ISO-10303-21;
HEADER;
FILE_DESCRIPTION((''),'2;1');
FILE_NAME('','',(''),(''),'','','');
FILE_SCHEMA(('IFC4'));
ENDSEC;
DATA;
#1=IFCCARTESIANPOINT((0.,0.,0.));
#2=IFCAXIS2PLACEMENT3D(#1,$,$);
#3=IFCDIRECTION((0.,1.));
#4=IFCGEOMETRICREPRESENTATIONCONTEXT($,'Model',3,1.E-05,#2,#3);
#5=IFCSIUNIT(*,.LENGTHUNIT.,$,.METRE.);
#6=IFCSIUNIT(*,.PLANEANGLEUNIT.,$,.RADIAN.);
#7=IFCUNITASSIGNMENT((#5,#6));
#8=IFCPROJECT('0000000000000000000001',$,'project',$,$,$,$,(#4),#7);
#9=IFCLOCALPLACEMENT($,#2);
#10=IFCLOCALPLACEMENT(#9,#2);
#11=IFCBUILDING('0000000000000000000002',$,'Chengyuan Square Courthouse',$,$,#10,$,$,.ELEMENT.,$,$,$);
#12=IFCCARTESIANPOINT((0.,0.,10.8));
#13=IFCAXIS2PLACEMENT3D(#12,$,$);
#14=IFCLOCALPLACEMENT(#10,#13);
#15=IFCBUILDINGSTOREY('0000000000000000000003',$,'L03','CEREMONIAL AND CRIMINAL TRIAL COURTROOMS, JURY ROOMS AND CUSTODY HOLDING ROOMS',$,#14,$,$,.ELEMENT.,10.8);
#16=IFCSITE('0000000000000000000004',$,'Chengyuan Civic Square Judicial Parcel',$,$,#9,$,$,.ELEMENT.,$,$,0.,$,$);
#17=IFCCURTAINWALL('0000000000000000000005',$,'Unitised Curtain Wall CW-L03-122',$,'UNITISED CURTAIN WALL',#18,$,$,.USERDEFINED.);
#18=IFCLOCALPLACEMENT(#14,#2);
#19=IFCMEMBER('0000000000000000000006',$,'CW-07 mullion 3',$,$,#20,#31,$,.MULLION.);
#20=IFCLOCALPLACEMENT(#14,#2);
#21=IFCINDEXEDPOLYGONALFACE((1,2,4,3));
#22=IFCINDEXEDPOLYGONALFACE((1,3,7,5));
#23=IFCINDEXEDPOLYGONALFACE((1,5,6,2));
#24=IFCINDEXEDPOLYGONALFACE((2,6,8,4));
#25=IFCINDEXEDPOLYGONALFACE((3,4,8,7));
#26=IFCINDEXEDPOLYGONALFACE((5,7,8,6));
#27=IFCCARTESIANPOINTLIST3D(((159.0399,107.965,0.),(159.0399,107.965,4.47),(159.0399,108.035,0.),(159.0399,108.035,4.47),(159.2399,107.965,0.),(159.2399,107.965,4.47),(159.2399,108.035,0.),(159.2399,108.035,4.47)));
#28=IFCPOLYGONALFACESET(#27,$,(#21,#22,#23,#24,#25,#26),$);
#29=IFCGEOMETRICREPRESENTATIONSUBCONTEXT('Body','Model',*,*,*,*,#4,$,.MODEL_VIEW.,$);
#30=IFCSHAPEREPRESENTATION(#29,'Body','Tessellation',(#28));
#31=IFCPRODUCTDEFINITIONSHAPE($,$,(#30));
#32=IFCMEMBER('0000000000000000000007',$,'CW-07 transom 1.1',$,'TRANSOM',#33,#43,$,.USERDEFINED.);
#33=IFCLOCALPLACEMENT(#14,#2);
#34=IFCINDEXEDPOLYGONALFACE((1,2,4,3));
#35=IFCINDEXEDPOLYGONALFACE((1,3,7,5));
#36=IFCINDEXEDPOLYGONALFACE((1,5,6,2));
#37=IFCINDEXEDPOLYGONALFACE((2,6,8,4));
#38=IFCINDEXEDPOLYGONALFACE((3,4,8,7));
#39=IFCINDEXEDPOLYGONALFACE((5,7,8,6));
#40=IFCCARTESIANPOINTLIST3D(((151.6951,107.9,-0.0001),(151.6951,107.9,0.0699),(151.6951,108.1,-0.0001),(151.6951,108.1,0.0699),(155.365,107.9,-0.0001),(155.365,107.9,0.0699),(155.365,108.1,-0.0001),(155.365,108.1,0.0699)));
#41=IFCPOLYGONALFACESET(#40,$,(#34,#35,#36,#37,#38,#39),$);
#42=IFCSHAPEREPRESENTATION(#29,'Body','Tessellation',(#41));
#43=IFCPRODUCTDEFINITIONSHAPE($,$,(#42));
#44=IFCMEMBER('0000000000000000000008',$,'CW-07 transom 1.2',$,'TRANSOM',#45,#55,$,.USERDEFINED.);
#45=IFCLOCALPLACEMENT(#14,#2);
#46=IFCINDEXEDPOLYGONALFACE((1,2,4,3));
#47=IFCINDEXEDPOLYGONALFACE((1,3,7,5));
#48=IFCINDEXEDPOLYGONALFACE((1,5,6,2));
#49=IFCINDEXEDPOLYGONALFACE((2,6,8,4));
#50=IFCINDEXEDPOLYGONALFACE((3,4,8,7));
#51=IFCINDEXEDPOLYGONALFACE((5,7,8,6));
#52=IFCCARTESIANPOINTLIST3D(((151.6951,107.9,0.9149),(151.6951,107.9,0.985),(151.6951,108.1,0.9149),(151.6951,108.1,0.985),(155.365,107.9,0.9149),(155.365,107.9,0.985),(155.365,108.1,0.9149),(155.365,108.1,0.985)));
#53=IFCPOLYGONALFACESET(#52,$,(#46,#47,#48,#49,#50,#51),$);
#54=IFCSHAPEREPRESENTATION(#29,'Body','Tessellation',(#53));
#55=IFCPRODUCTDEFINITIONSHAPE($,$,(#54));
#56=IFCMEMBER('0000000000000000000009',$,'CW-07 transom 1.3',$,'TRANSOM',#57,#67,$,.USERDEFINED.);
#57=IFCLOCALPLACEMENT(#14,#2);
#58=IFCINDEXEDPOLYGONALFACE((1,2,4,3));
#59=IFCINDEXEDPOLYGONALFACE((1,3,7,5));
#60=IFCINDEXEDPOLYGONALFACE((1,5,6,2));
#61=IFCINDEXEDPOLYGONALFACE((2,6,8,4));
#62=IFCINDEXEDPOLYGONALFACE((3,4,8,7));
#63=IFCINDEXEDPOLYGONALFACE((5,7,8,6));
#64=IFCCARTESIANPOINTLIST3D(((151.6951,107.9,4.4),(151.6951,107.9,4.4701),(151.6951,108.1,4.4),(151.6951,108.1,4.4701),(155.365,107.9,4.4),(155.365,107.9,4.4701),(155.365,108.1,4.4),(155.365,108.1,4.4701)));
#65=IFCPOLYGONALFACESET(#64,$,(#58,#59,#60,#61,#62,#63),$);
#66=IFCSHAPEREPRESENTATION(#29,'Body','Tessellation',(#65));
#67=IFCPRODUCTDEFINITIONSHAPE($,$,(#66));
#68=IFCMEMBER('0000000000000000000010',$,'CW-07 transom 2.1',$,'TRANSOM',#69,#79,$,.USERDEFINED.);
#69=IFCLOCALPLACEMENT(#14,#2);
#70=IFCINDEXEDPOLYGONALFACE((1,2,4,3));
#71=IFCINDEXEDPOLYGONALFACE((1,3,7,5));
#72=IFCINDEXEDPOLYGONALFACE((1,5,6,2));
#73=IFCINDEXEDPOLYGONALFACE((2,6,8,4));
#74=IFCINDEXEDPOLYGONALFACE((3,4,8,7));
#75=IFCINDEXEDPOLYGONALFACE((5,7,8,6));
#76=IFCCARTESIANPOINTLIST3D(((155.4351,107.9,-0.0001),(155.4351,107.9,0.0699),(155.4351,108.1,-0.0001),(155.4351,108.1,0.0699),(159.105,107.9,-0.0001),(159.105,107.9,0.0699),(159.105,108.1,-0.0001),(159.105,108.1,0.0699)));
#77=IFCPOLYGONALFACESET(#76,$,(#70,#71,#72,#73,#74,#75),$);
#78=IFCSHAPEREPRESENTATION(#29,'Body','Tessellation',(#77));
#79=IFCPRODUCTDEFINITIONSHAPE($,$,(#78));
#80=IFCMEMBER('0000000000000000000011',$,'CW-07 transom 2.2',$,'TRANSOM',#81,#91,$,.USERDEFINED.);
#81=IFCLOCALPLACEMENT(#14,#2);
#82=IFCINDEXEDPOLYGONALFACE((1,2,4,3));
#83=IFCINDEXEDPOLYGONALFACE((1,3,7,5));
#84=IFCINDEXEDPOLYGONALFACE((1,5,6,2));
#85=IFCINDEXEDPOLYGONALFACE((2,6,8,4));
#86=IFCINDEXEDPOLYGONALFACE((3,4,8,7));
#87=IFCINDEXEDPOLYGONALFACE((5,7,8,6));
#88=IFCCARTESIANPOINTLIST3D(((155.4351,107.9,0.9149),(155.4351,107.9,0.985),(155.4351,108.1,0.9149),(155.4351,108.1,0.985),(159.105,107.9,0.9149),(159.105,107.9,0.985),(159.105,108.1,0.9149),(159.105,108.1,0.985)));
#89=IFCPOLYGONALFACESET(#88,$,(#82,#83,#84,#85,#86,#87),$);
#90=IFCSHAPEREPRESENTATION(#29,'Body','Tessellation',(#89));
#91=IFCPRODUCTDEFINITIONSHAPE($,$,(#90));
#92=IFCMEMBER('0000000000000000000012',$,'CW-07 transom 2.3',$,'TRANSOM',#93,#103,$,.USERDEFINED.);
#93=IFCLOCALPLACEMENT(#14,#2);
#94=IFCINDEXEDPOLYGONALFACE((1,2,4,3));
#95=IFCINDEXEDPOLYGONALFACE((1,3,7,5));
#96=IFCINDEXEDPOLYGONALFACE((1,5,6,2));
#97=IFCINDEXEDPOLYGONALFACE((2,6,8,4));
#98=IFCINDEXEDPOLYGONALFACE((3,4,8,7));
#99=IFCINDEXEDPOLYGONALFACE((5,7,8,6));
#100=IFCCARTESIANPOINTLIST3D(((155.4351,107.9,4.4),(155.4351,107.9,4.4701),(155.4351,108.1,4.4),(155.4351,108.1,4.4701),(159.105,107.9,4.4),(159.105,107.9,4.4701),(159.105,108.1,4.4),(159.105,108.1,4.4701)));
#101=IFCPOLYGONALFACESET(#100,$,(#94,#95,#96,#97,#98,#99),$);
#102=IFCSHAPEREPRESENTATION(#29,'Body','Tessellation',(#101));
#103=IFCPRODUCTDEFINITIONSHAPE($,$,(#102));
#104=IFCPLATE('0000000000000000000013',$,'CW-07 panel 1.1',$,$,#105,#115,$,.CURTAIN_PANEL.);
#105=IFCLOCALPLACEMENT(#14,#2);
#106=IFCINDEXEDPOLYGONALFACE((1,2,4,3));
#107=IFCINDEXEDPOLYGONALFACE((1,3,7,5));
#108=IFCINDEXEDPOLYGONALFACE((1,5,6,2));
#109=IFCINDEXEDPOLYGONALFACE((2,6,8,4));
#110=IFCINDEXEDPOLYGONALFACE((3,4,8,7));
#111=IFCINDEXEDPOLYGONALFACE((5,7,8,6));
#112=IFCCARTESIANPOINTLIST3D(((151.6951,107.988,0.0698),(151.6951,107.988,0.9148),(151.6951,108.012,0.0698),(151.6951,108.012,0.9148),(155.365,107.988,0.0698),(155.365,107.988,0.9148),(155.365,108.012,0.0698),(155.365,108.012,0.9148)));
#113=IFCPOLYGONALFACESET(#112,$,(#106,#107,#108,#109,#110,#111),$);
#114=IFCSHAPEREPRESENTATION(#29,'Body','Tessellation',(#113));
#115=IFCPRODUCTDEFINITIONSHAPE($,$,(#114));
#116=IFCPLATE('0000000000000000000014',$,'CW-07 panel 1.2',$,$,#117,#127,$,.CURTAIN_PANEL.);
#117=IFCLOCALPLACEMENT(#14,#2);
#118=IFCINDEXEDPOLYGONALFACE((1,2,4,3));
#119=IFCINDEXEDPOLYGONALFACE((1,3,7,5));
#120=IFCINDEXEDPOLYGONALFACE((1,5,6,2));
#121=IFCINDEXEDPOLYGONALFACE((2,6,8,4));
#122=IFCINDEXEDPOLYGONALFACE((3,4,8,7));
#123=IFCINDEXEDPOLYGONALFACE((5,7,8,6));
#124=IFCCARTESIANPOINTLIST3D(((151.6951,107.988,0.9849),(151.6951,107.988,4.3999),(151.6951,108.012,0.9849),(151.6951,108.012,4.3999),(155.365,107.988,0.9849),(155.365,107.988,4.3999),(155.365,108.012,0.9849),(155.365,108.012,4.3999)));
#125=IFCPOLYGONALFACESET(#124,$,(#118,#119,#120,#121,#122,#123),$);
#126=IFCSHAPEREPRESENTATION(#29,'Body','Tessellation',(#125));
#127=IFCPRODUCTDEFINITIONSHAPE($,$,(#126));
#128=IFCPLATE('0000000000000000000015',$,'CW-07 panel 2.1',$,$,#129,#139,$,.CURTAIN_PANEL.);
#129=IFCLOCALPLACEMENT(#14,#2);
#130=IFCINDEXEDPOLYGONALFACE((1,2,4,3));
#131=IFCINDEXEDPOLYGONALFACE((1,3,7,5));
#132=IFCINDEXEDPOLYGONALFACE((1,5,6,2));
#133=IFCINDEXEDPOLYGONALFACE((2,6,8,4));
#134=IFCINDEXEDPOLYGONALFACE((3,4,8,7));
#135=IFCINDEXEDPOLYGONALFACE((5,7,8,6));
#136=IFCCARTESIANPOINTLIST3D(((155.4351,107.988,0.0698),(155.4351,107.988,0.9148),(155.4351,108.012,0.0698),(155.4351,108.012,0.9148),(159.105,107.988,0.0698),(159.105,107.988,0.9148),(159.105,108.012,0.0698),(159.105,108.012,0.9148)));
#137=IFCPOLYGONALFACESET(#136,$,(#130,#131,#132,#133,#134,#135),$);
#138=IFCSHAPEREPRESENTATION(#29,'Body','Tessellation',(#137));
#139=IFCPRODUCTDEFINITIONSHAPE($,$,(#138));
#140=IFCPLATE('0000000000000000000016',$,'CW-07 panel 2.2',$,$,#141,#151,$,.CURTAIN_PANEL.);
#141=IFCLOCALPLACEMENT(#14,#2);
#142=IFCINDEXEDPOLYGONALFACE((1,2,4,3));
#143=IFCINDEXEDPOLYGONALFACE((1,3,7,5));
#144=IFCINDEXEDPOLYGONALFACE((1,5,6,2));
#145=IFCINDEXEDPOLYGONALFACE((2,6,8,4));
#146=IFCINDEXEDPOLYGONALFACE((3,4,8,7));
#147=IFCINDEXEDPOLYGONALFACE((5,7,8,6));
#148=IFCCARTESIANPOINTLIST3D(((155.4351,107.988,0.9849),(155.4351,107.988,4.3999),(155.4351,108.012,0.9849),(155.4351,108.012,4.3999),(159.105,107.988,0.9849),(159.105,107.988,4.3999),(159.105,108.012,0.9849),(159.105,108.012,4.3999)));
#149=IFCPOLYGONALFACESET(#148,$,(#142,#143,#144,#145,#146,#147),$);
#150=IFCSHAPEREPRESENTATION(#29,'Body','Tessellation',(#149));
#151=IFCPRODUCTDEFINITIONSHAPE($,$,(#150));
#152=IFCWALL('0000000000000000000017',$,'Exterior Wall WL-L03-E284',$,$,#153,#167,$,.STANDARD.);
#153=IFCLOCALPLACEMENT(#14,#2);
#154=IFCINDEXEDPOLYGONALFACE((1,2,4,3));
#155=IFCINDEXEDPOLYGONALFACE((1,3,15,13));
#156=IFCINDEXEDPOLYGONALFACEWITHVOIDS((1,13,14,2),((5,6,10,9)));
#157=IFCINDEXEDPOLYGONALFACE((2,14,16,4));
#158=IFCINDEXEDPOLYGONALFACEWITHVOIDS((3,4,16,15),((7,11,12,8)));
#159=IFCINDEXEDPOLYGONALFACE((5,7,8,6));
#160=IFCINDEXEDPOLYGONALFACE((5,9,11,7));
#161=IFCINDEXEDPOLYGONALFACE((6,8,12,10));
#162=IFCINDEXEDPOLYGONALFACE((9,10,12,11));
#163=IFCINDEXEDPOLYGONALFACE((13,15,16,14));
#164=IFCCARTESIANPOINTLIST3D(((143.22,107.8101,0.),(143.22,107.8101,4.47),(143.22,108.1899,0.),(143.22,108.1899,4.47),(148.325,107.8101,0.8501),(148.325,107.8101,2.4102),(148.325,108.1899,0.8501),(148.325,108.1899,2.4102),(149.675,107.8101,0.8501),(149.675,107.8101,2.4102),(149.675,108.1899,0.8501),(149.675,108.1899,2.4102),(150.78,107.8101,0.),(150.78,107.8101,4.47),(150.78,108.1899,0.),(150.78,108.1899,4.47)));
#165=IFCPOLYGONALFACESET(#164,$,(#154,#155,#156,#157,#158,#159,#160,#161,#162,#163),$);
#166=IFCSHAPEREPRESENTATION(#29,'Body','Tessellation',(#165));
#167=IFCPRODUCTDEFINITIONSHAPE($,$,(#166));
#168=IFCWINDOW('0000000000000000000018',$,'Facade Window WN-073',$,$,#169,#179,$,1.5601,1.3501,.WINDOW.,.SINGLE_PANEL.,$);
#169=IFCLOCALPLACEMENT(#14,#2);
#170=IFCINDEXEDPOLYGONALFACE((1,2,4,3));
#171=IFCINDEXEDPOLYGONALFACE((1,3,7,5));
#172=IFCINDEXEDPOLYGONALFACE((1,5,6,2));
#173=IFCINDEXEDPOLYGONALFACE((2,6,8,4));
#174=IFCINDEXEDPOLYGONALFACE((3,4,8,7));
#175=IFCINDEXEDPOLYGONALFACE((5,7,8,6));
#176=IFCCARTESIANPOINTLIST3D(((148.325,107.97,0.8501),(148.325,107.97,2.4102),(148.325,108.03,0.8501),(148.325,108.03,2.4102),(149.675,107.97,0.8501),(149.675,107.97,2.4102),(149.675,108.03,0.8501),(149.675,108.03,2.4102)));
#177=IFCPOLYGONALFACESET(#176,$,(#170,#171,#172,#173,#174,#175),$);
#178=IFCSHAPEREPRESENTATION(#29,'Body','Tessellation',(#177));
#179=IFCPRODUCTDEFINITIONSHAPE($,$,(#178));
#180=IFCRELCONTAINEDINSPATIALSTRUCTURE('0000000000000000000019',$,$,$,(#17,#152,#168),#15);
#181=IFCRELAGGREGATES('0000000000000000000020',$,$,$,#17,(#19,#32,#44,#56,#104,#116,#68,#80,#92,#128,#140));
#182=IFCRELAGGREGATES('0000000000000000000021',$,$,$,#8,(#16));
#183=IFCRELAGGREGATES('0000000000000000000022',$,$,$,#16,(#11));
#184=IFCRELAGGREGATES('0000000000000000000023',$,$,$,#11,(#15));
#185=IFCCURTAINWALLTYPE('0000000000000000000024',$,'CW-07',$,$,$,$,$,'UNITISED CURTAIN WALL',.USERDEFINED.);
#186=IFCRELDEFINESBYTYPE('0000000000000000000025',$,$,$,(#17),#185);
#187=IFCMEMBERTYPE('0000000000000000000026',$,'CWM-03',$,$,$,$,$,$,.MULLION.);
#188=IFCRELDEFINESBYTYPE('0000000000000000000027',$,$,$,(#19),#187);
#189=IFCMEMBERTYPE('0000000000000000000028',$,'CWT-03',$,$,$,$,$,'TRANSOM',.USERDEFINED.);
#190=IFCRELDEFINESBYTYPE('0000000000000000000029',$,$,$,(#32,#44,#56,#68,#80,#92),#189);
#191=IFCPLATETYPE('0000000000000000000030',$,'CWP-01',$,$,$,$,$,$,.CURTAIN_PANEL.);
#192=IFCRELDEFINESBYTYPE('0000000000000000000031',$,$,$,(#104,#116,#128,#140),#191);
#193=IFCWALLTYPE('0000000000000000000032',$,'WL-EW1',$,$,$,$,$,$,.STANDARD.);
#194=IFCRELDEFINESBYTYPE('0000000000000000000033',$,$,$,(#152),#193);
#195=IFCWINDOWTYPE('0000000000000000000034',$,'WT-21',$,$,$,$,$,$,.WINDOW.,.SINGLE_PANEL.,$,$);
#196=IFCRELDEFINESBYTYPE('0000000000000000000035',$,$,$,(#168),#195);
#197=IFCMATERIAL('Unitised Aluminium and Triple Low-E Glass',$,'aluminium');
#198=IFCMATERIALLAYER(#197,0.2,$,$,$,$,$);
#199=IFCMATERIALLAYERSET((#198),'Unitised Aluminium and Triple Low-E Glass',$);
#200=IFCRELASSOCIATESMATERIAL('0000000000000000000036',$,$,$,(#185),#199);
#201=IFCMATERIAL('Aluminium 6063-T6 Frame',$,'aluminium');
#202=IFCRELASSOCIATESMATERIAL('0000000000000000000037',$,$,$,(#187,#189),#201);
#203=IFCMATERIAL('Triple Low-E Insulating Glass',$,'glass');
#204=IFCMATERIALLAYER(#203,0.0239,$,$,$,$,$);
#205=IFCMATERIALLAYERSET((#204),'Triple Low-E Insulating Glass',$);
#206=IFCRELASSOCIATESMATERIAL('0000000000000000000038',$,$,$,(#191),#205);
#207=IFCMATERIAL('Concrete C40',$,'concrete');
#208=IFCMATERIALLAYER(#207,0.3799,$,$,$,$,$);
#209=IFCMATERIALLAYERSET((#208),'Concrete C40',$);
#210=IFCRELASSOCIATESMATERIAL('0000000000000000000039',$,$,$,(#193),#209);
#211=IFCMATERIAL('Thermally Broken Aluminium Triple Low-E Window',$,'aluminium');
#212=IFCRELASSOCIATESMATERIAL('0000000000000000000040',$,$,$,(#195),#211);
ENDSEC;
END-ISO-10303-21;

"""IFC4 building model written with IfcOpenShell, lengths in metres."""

from ifc_helpers import new_model, si_unit, direction, frame, frame_2d, origin, origin_2d, place, context, subcontext, project, spatial, rectangle, extrude, material, layer, layer_set, material_profile, profile_set, type_object, element, fill, aggregate, save


model = new_model("IFC4")

# Units and contexts
model_context = context("Model", 3, precision=1e-05, world=origin(), true_north=direction((0.0, 1.0)))
body_context = subcontext(model_context, "Body", "Model", "MODEL_VIEW")
ifc_project = project(units=[si_unit("LENGTHUNIT", "METRE"), si_unit("PLANEANGLEUNIT", "RADIAN")], contexts=[model_context])

# Site, building, storey
site_placement = place(None, origin())
site = spatial("IfcSite", under=ifc_project, at=site_placement, Name="Chengyuan Civic Square Judicial Parcel", CompositionType="ELEMENT", RefElevation=0.0)
building_placement = place(site_placement, origin())
building = spatial("IfcBuilding", under=site, at=building_placement, Name="Chengyuan Square Courthouse", CompositionType="ELEMENT")
storey_placement = place(building_placement, frame((0.0, 0.0, 10.8)))
storey = spatial("IfcBuildingStorey", under=building, at=storey_placement, Name="L03", Description="CEREMONIAL AND CRIMINAL TRIAL COURTROOMS, JURY ROOMS AND CUSTODY HOLDING ROOMS", CompositionType="ELEMENT", Elevation=10.8)

# Shared definitions
ifc_material_1 = material(Name="Concrete C40", Category="concrete")

# Curtain wall, members, plates
ifc_material_2 = material(Name="Unitised Aluminium and Triple Low-E Glass", Category="aluminium")
ifc_layer_1 = layer(ifc_material_2, 0.2)
ifc_layer_set_1 = layer_set([ifc_layer_1], Name="Unitised Aluminium and Triple Low-E Glass")
curtain_wall_type = type_object("IfcCurtainWallType", Name="CW-07", ElementType="UNITISED CURTAIN WALL", PredefinedType="USERDEFINED", material=ifc_layer_set_1)
curtain_wall_placement = place(storey_placement, origin())
curtain_wall = element("IfcCurtainWall", 1, at=curtain_wall_placement, inside=storey, type_object=curtain_wall_type, Name="Unitised Curtain Wall CW-L03-122", ObjectType="UNITISED CURTAIN WALL", PredefinedType="USERDEFINED")
ifc_material_3 = material(Name="Aluminium 6063-T6 Frame", Category="aluminium")
ifc_material_profile_1 = material_profile(ifc_material_3, rectangle(XDim=0.0701, YDim=0.2, at=origin_2d()), Name="CW-MUL-70x200")
ifc_profile_set_1 = profile_set([ifc_material_profile_1], Name="Aluminium 6063-T6 Frame")
member_type_1 = type_object("IfcMemberType", Name="CWM-03", PredefinedType="MULLION", material=ifc_profile_set_1)
member_1_placement = place(storey_placement, frame((159.1399, 108.0, 0.0), z_axis=(0.0, 0.0, 1.0), x_axis=(0.0, 1.0, 0.0)))
member_1 = element("IfcMember", 2, at=member_1_placement, type_object=member_type_1, Name="CW-07 mullion 3", PredefinedType="MULLION", context=body_context, shape_type="SweptSolid", body=[
    extrude(rectangle(XDim=0.0701, YDim=0.2, at=origin_2d()), origin(), (0.0, 0.0, 1.0), 4.47),
])
ifc_material_profile_2 = material_profile(ifc_material_3, rectangle(XDim=0.2, YDim=0.0701, at=origin_2d()), Name="CW-TRN-70x160")
ifc_profile_set_2 = profile_set([ifc_material_profile_2], Name="Aluminium 6063-T6 Frame")
member_type_2 = type_object("IfcMemberType", Name="CWT-03", ElementType="TRANSOM", PredefinedType="USERDEFINED", material=ifc_profile_set_2)
member_2_placement = place(storey_placement, frame((151.6951, 108.0, 0.0349), z_axis=(1.0, 0.0, 0.0), x_axis=(0.0, 1.0, 0.0)))
member_2 = element("IfcMember", 3, at=member_2_placement, type_object=member_type_2, Name="CW-07 transom 1.1", ObjectType="TRANSOM", PredefinedType="USERDEFINED", context=body_context, shape_type="SweptSolid", body=[
    extrude(rectangle(XDim=0.2, YDim=0.0701, at=origin_2d()), origin(), (0.0, 0.0, 1.0), 3.6699),
])
member_3_placement = place(storey_placement, frame((151.6951, 108.0, 0.95), z_axis=(1.0, 0.0, 0.0), x_axis=(0.0, 1.0, 0.0)))
member_3 = element("IfcMember", 4, at=member_3_placement, type_object=member_type_2, Name="CW-07 transom 1.2", ObjectType="TRANSOM", PredefinedType="USERDEFINED", context=body_context, shape_type="SweptSolid", body=[
    extrude(rectangle(XDim=0.2, YDim=0.0701, at=origin_2d()), origin(), (0.0, 0.0, 1.0), 3.6699),
])
member_4_placement = place(storey_placement, frame((151.6951, 108.0, 4.4351), z_axis=(1.0, 0.0, 0.0), x_axis=(0.0, 1.0, 0.0)))
member_4 = element("IfcMember", 5, at=member_4_placement, type_object=member_type_2, Name="CW-07 transom 1.3", ObjectType="TRANSOM", PredefinedType="USERDEFINED", context=body_context, shape_type="SweptSolid", body=[
    extrude(rectangle(XDim=0.2, YDim=0.0701, at=origin_2d()), origin(), (0.0, 0.0, 1.0), 3.6699),
])
member_5_placement = place(storey_placement, frame((155.4351, 108.0, 0.0349), z_axis=(1.0, 0.0, 0.0), x_axis=(0.0, 1.0, 0.0)))
member_5 = element("IfcMember", 6, at=member_5_placement, type_object=member_type_2, Name="CW-07 transom 2.1", ObjectType="TRANSOM", PredefinedType="USERDEFINED", context=body_context, shape_type="SweptSolid", body=[
    extrude(rectangle(XDim=0.2, YDim=0.0701, at=origin_2d()), origin(), (0.0, 0.0, 1.0), 3.6699),
])
member_6_placement = place(storey_placement, frame((155.4351, 108.0, 0.95), z_axis=(1.0, 0.0, 0.0), x_axis=(0.0, 1.0, 0.0)))
member_6 = element("IfcMember", 7, at=member_6_placement, type_object=member_type_2, Name="CW-07 transom 2.2", ObjectType="TRANSOM", PredefinedType="USERDEFINED", context=body_context, shape_type="SweptSolid", body=[
    extrude(rectangle(XDim=0.2, YDim=0.0701, at=origin_2d()), origin(), (0.0, 0.0, 1.0), 3.6699),
])
member_7_placement = place(storey_placement, frame((155.4351, 108.0, 4.4351), z_axis=(1.0, 0.0, 0.0), x_axis=(0.0, 1.0, 0.0)))
member_7 = element("IfcMember", 8, at=member_7_placement, type_object=member_type_2, Name="CW-07 transom 2.3", ObjectType="TRANSOM", PredefinedType="USERDEFINED", context=body_context, shape_type="SweptSolid", body=[
    extrude(rectangle(XDim=0.2, YDim=0.0701, at=origin_2d()), origin(), (0.0, 0.0, 1.0), 3.6699),
])
ifc_material_4 = material(Name="Triple Low-E Insulating Glass", Category="glass")
ifc_layer_2 = layer(ifc_material_4, 0.0239)
ifc_layer_set_2 = layer_set([ifc_layer_2], Name="Triple Low-E Insulating Glass")
plate_type = type_object("IfcPlateType", Name="CWP-01", PredefinedType="CURTAIN_PANEL", material=ifc_layer_set_2)
plate_1_placement = place(storey_placement, frame((153.53, 108.0, 0.0698), z_axis=(0.0, 0.0, 1.0), x_axis=(1.0, 0.0, 0.0)))
plate_1 = element("IfcPlate", 9, at=plate_1_placement, type_object=plate_type, Name="CW-07 panel 1.1", PredefinedType="CURTAIN_PANEL", context=body_context, shape_type="SweptSolid", body=[
    extrude(rectangle(XDim=3.6699, YDim=0.0239, at=origin_2d()), origin(), (0.0, 0.0, 1.0), 0.845),
])
plate_2_placement = place(storey_placement, frame((153.53, 108.0, 0.9849), z_axis=(0.0, 0.0, 1.0), x_axis=(1.0, 0.0, 0.0)))
plate_2 = element("IfcPlate", 10, at=plate_2_placement, type_object=plate_type, Name="CW-07 panel 1.2", PredefinedType="CURTAIN_PANEL", context=body_context, shape_type="SweptSolid", body=[
    extrude(rectangle(XDim=3.6699, YDim=0.0239, at=origin_2d()), origin(), (0.0, 0.0, 1.0), 3.415),
])
plate_3_placement = place(storey_placement, frame((157.27, 108.0, 0.0698), z_axis=(0.0, 0.0, 1.0), x_axis=(1.0, 0.0, 0.0)))
plate_3 = element("IfcPlate", 11, at=plate_3_placement, type_object=plate_type, Name="CW-07 panel 2.1", PredefinedType="CURTAIN_PANEL", context=body_context, shape_type="SweptSolid", body=[
    extrude(rectangle(XDim=3.6699, YDim=0.0239, at=origin_2d()), origin(), (0.0, 0.0, 1.0), 0.845),
])
plate_4_placement = place(storey_placement, frame((157.27, 108.0, 0.9849), z_axis=(0.0, 0.0, 1.0), x_axis=(1.0, 0.0, 0.0)))
plate_4 = element("IfcPlate", 12, at=plate_4_placement, type_object=plate_type, Name="CW-07 panel 2.2", PredefinedType="CURTAIN_PANEL", context=body_context, shape_type="SweptSolid", body=[
    extrude(rectangle(XDim=3.6699, YDim=0.0239, at=origin_2d()), origin(), (0.0, 0.0, 1.0), 3.415),
])
aggregate(curtain_wall, [member_1, member_2, member_3, member_4, plate_1, plate_2, member_5, member_6, member_7, plate_3, plate_4])

# Wall, opening, window
ifc_layer_3 = layer(ifc_material_1, 0.3799)
ifc_layer_set_3 = layer_set([ifc_layer_3], Name="Concrete C40")
wall_type_1 = type_object("IfcWallType", Name="WL-EW1", PredefinedType="STANDARD", material=ifc_layer_set_3)
wall_1_placement = place(storey_placement, frame((143.22, 108.0, 0.0), z_axis=(0.0, 0.0, 1.0), x_axis=(1.0, 0.0, 0.0)))
wall_1 = element("IfcWall", 13, at=wall_1_placement, inside=storey, type_object=wall_type_1, Name="Exterior Wall WL-L03-E284", PredefinedType="STANDARD", context=body_context, shape_type="SweptSolid", body=[
    extrude(rectangle(XDim=7.5601, YDim=0.3799, at=frame_2d((3.78, 0.0))), origin(), (0.0, 0.0, 1.0), 4.47),
])
opening_placement = place(wall_1_placement, frame((5.105, 0.0, 0.8501)))
opening = element("IfcOpeningElement", 14, at=opening_placement, cuts=wall_1, PredefinedType="OPENING", context=body_context, shape_type="SweptSolid", body=[
    extrude(rectangle(XDim=1.3501, YDim=1.5601, at=frame_2d((0.675, 0.78))), frame((0.0, 0.2019, 0.0), z_axis=(0.0, -1.0, 0.0), x_axis=(1.0, 0.0, 0.0)), (0.0, 0.0, 1.0), 0.4038),
])
ifc_material_5 = material(Name="Thermally Broken Aluminium Triple Low-E Window", Category="aluminium")
window_type = type_object("IfcWindowType", Name="WT-21", PartitioningType="SINGLE_PANEL", PredefinedType="WINDOW", material=ifc_material_5)
window_placement = place(opening_placement, origin())
window = element("IfcWindow", 15, at=window_placement, inside=storey, type_object=window_type, Name="Facade Window WN-073", OverallHeight=1.5601, OverallWidth=1.3501, PartitioningType="SINGLE_PANEL", PredefinedType="WINDOW", context=body_context, shape_type="SweptSolid", body=[
    extrude(rectangle(XDim=1.3501, YDim=1.5601, at=frame_2d((0.675, 0.78))), frame((0.0, 0.03, 0.0), z_axis=(0.0, -1.0, 0.0), x_axis=(1.0, 0.0, 0.0)), (0.0, 0.0, 1.0), 0.0601),
])
fill(opening, window)

save(model, "model.ifc")
